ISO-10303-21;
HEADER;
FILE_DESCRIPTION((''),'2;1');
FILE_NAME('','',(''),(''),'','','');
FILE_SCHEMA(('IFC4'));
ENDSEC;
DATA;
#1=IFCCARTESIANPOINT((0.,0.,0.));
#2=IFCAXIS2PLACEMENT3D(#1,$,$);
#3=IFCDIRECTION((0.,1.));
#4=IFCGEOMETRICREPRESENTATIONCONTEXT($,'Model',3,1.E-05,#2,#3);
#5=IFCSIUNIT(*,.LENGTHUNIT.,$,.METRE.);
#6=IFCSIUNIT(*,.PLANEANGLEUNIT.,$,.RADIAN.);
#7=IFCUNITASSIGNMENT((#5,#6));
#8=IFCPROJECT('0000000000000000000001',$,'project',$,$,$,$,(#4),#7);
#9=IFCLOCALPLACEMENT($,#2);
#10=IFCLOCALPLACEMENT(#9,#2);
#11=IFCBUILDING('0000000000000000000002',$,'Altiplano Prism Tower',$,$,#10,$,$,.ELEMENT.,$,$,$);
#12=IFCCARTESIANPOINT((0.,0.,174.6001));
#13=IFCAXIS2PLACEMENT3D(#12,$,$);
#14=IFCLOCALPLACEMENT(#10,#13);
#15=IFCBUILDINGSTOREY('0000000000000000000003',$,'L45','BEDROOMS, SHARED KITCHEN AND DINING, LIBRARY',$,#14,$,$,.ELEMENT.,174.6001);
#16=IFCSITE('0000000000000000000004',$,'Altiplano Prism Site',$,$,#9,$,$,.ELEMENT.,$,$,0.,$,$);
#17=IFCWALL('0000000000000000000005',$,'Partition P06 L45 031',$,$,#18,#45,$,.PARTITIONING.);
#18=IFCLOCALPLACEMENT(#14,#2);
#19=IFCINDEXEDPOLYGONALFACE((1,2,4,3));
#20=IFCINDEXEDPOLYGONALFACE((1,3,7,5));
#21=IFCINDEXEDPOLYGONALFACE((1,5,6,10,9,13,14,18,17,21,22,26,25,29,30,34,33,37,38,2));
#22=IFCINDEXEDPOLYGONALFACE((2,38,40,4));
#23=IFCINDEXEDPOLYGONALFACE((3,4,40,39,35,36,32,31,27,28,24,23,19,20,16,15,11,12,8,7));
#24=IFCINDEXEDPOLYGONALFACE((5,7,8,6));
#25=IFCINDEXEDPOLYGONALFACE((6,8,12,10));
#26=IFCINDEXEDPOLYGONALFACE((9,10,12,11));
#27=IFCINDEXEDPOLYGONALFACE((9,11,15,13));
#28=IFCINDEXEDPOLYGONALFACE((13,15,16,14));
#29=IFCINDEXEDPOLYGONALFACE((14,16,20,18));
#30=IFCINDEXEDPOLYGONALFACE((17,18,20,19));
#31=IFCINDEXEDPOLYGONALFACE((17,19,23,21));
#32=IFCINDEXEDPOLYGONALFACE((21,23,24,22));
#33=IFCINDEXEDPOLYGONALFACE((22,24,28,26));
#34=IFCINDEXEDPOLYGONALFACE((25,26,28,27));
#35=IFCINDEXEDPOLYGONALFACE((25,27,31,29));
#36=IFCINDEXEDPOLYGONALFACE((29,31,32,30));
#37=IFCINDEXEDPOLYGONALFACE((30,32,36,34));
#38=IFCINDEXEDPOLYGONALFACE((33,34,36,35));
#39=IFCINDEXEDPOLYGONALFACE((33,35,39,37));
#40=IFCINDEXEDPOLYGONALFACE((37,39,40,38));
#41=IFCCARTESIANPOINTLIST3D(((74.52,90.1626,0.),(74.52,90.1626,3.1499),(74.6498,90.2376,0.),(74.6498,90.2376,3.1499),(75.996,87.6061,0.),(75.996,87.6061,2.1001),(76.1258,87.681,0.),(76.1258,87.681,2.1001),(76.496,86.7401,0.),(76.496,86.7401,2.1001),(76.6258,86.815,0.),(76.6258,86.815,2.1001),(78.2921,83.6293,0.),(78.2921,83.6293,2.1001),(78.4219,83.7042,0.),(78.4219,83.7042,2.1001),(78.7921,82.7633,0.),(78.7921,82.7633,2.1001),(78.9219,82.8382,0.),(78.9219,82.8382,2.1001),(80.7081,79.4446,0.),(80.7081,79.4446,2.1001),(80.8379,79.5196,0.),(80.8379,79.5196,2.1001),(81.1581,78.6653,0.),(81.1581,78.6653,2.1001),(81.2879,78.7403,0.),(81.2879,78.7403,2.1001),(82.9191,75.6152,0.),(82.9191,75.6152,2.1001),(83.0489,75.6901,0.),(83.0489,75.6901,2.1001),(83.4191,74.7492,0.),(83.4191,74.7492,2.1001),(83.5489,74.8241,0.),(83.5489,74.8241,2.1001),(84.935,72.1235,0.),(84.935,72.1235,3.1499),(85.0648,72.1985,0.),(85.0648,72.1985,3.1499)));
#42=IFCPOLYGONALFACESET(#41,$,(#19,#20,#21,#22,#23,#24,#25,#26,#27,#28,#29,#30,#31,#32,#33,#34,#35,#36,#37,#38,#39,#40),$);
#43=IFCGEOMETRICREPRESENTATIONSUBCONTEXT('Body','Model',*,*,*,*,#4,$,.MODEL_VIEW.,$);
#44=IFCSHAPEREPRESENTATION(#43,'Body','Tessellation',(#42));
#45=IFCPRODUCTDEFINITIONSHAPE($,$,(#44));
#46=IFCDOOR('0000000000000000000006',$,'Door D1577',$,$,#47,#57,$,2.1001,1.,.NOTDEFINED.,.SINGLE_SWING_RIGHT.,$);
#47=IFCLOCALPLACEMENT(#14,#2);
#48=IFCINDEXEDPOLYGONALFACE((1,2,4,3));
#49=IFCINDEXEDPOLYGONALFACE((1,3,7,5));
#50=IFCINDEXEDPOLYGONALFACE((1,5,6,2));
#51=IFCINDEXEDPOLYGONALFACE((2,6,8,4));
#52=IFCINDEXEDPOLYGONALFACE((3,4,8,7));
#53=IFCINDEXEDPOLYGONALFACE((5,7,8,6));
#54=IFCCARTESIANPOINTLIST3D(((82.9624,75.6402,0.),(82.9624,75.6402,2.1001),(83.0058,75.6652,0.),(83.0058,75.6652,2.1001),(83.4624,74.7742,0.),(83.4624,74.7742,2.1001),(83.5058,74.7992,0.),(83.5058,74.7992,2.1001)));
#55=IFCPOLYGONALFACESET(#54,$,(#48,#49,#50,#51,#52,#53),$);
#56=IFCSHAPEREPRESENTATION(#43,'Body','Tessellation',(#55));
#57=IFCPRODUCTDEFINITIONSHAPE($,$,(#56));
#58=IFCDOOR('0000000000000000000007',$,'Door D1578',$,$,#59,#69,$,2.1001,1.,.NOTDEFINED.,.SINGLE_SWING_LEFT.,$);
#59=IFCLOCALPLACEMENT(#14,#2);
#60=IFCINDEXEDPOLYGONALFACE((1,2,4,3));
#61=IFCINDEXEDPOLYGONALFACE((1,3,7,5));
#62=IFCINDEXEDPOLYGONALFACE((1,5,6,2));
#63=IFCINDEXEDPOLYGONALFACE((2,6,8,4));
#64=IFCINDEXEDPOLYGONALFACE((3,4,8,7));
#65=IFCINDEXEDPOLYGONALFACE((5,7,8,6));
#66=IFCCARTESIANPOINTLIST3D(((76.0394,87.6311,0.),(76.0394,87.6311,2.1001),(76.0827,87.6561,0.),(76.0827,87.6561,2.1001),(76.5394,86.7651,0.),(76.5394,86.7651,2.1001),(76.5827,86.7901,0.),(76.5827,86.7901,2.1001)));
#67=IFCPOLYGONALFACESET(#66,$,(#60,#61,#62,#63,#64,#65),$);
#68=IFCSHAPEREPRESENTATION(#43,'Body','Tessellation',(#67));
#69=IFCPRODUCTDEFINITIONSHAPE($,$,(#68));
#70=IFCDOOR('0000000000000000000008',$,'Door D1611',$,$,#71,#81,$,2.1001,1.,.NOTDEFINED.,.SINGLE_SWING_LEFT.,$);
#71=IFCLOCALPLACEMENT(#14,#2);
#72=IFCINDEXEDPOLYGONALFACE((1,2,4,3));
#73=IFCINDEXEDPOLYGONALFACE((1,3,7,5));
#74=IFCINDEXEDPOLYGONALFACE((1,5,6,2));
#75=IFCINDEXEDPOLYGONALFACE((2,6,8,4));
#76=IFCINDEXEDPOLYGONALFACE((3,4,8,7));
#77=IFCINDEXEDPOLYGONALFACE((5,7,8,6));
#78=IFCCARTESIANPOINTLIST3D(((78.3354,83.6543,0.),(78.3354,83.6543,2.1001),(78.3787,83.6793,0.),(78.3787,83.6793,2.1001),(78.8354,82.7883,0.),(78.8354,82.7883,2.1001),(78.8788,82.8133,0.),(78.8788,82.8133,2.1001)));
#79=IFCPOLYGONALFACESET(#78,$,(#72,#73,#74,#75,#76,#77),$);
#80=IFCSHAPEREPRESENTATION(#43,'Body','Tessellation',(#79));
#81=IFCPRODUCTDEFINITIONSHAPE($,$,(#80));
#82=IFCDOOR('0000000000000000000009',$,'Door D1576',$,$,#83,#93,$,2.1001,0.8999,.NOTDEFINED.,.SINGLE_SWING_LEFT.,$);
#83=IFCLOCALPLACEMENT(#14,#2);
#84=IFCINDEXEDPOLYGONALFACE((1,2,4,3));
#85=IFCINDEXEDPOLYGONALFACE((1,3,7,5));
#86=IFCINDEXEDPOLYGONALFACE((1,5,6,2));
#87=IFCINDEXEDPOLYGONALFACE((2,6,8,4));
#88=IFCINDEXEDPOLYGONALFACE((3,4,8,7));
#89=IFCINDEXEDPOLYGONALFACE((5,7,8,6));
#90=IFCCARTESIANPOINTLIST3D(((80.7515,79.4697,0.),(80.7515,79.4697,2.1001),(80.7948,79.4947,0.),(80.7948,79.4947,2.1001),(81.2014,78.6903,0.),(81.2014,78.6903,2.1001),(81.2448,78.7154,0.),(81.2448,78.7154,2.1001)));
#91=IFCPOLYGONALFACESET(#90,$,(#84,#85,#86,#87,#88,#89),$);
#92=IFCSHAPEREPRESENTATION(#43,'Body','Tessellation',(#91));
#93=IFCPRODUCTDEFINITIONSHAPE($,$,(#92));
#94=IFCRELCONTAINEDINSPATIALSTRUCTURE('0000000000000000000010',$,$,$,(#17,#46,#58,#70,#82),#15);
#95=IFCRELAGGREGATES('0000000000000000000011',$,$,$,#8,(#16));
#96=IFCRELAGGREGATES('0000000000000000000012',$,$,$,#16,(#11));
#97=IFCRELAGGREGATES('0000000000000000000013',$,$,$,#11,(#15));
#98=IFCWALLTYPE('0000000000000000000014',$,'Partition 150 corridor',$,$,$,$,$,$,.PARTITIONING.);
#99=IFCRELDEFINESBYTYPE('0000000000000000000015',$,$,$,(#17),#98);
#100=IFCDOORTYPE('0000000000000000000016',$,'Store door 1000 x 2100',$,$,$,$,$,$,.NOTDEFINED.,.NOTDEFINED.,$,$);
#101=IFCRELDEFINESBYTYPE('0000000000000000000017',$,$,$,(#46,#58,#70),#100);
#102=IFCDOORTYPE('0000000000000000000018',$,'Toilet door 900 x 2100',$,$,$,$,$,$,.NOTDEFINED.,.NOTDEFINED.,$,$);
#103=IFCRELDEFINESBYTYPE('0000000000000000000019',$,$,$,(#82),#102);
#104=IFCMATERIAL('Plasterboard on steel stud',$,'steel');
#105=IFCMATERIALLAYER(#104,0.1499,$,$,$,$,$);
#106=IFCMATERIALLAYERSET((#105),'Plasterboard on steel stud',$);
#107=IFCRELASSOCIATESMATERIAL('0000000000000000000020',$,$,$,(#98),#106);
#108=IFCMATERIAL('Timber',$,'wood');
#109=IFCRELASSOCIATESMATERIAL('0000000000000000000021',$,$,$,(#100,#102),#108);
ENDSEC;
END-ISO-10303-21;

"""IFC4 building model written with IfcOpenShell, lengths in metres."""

from ifc_helpers import new_model, si_unit, direction, frame, frame_2d, origin, place, context, subcontext, project, spatial, rectangle, extrude, material, layer, layer_set, type_object, element, fill, save


model = new_model("IFC4")

# Units and contexts
model_context = context("Model", 3, precision=1e-05, world=origin(), true_north=direction((0.0, 1.0)))
body_context = subcontext(model_context, "Body", "Model", "MODEL_VIEW")
ifc_project = project(units=[si_unit("LENGTHUNIT", "METRE"), si_unit("PLANEANGLEUNIT", "RADIAN")], contexts=[model_context])

# Site, building, storey
site_placement = place(None, origin())
site = spatial("IfcSite", under=ifc_project, at=site_placement, Name="Altiplano Prism Site", CompositionType="ELEMENT", RefElevation=0.0)
building_placement = place(site_placement, origin())
building = spatial("IfcBuilding", under=site, at=building_placement, Name="Altiplano Prism Tower", CompositionType="ELEMENT")
storey_placement = place(building_placement, frame((0.0, 0.0, 174.6001)))
storey = spatial("IfcBuildingStorey", under=building, at=storey_placement, Name="L45", Description="BEDROOMS, SHARED KITCHEN AND DINING, LIBRARY", CompositionType="ELEMENT", Elevation=174.6001)

# Shared definitions
ifc_material_1 = material(Name="Plasterboard on steel stud", Category="steel")

# Shared definitions
ifc_material_2 = material(Name="Timber", Category="wood")

# Wall, openings, doors
ifc_layer_1 = layer(ifc_material_1, 0.1499)
ifc_layer_set_1 = layer_set([ifc_layer_1], Name="Plasterboard on steel stud")
wall_type_1 = type_object("IfcWallType", Name="Partition 150 corridor", PredefinedType="PARTITIONING", material=ifc_layer_set_1)
wall_1_placement = place(storey_placement, frame((85.0, 72.1609, 0.0), z_axis=(0.0, 0.0, 1.0), x_axis=(-0.500007, 0.866022, 0.0)))
wall_1 = element("IfcWall", 1, at=wall_1_placement, inside=storey, type_object=wall_type_1, Name="Partition P06 L45 031", PredefinedType="PARTITIONING", context=body_context, shape_type="SweptSolid", body=[
    extrude(rectangle(XDim=20.8298, YDim=0.1499, at=frame_2d((10.415, 0.0))), origin(), (0.0, 0.0, 1.0), 3.1499),
])
opening_1_placement = place(wall_1_placement, frame((7.554, 0.0, 0.0)))
opening_1 = element("IfcOpeningElement", 2, at=opening_1_placement, cuts=wall_1, PredefinedType="OPENING", context=body_context, shape_type="SweptSolid", body=[
    extrude(rectangle(XDim=0.8999, YDim=2.1001, at=frame_2d((0.45, 1.05))), frame((0.0, 0.0854, 0.0), z_axis=(0.0, -1.0, 0.0), x_axis=(1.0, 0.0, 0.0)), (0.0, 0.0, 1.0), 0.1709),
])
opening_2_placement = place(wall_1_placement, frame((3.032, 0.0, 0.0)))
opening_2 = element("IfcOpeningElement", 3, at=opening_2_placement, cuts=wall_1, PredefinedType="OPENING", context=body_context, shape_type="SweptSolid", body=[
    extrude(rectangle(XDim=1.0, YDim=2.1001, at=frame_2d((0.5, 1.05))), frame((0.0, 0.0854, 0.0), z_axis=(0.0, -1.0, 0.0), x_axis=(1.0, 0.0, 0.0)), (0.0, 0.0, 1.0), 0.1709),
])
opening_3_placement = place(wall_1_placement, frame((16.8779, 0.0, 0.0)))
opening_3 = element("IfcOpeningElement", 4, at=opening_3_placement, cuts=wall_1, PredefinedType="OPENING", context=body_context, shape_type="SweptSolid", body=[
    extrude(rectangle(XDim=1.0, YDim=2.1001, at=frame_2d((0.5, 1.05))), frame((0.0, 0.0854, 0.0), z_axis=(0.0, -1.0, 0.0), x_axis=(1.0, 0.0, 0.0)), (0.0, 0.0, 1.0), 0.1709),
])
opening_4_placement = place(wall_1_placement, frame((12.2859, 0.0, 0.0)))
opening_4 = element("IfcOpeningElement", 5, at=opening_4_placement, cuts=wall_1, PredefinedType="OPENING", context=body_context, shape_type="SweptSolid", body=[
    extrude(rectangle(XDim=1.0, YDim=2.1001, at=frame_2d((0.5, 1.05))), frame((0.0, 0.0854, 0.0), z_axis=(0.0, -1.0, 0.0), x_axis=(1.0, 0.0, 0.0)), (0.0, 0.0, 1.0), 0.1709),
])
door_type_1 = type_object("IfcDoorType", Name="Store door 1000 x 2100", OperationType="NOTDEFINED", PredefinedType="NOTDEFINED", material=ifc_material_2)
door_1_placement = place(opening_2_placement, origin())
door_1 = element("IfcDoor", 6, at=door_1_placement, inside=storey, type_object=door_type_1, Name="Door D1577", OperationType="SINGLE_SWING_RIGHT", OverallHeight=2.1001, OverallWidth=1.0, PredefinedType="NOTDEFINED", context=body_context, shape_type="SweptSolid", body=[
    extrude(rectangle(XDim=1.0, YDim=2.1001, at=frame_2d((0.5, 1.05))), frame((0.0, 0.0249, 0.0), z_axis=(0.0, -1.0, 0.0), x_axis=(1.0, 0.0, 0.0)), (0.0, 0.0, 1.0), 0.05),
])
fill(opening_2, door_1)
door_2_placement = place(opening_3_placement, origin())
door_2 = element("IfcDoor", 7, at=door_2_placement, inside=storey, type_object=door_type_1, Name="Door D1578", OperationType="SINGLE_SWING_LEFT", OverallHeight=2.1001, OverallWidth=1.0, PredefinedType="NOTDEFINED", context=body_context, shape_type="SweptSolid", body=[
    extrude(rectangle(XDim=1.0, YDim=2.1001, at=frame_2d((0.5, 1.05))), frame((0.0, 0.0249, 0.0), z_axis=(0.0, -1.0, 0.0), x_axis=(1.0, 0.0, 0.0)), (0.0, 0.0, 1.0), 0.05),
])
fill(opening_3, door_2)
door_3_placement = place(opening_4_placement, origin())
door_3 = element("IfcDoor", 8, at=door_3_placement, inside=storey, type_object=door_type_1, Name="Door D1611", OperationType="SINGLE_SWING_LEFT", OverallHeight=2.1001, OverallWidth=1.0, PredefinedType="NOTDEFINED", context=body_context, shape_type="SweptSolid", body=[
    extrude(rectangle(XDim=1.0, YDim=2.1001, at=frame_2d((0.5, 1.05))), frame((0.0, 0.0249, 0.0), z_axis=(0.0, -1.0, 0.0), x_axis=(1.0, 0.0, 0.0)), (0.0, 0.0, 1.0), 0.05),
])
fill(opening_4, door_3)
door_type_2 = type_object("IfcDoorType", Name="Toilet door 900 x 2100", OperationType="NOTDEFINED", PredefinedType="NOTDEFINED", material=ifc_material_2)
door_4_placement = place(opening_1_placement, origin())
door_4 = element("IfcDoor", 9, at=door_4_placement, inside=storey, type_object=door_type_2, Name="Door D1576", OperationType="SINGLE_SWING_LEFT", OverallHeight=2.1001, OverallWidth=0.8999, PredefinedType="NOTDEFINED", context=body_context, shape_type="SweptSolid", body=[
    extrude(rectangle(XDim=0.8999, YDim=2.1001, at=frame_2d((0.45, 1.05))), frame((0.0, 0.0249, 0.0), z_axis=(0.0, -1.0, 0.0), x_axis=(1.0, 0.0, 0.0)), (0.0, 0.0, 1.0), 0.05),
])
fill(opening_1, door_4)

save(model, "model.ifc")
